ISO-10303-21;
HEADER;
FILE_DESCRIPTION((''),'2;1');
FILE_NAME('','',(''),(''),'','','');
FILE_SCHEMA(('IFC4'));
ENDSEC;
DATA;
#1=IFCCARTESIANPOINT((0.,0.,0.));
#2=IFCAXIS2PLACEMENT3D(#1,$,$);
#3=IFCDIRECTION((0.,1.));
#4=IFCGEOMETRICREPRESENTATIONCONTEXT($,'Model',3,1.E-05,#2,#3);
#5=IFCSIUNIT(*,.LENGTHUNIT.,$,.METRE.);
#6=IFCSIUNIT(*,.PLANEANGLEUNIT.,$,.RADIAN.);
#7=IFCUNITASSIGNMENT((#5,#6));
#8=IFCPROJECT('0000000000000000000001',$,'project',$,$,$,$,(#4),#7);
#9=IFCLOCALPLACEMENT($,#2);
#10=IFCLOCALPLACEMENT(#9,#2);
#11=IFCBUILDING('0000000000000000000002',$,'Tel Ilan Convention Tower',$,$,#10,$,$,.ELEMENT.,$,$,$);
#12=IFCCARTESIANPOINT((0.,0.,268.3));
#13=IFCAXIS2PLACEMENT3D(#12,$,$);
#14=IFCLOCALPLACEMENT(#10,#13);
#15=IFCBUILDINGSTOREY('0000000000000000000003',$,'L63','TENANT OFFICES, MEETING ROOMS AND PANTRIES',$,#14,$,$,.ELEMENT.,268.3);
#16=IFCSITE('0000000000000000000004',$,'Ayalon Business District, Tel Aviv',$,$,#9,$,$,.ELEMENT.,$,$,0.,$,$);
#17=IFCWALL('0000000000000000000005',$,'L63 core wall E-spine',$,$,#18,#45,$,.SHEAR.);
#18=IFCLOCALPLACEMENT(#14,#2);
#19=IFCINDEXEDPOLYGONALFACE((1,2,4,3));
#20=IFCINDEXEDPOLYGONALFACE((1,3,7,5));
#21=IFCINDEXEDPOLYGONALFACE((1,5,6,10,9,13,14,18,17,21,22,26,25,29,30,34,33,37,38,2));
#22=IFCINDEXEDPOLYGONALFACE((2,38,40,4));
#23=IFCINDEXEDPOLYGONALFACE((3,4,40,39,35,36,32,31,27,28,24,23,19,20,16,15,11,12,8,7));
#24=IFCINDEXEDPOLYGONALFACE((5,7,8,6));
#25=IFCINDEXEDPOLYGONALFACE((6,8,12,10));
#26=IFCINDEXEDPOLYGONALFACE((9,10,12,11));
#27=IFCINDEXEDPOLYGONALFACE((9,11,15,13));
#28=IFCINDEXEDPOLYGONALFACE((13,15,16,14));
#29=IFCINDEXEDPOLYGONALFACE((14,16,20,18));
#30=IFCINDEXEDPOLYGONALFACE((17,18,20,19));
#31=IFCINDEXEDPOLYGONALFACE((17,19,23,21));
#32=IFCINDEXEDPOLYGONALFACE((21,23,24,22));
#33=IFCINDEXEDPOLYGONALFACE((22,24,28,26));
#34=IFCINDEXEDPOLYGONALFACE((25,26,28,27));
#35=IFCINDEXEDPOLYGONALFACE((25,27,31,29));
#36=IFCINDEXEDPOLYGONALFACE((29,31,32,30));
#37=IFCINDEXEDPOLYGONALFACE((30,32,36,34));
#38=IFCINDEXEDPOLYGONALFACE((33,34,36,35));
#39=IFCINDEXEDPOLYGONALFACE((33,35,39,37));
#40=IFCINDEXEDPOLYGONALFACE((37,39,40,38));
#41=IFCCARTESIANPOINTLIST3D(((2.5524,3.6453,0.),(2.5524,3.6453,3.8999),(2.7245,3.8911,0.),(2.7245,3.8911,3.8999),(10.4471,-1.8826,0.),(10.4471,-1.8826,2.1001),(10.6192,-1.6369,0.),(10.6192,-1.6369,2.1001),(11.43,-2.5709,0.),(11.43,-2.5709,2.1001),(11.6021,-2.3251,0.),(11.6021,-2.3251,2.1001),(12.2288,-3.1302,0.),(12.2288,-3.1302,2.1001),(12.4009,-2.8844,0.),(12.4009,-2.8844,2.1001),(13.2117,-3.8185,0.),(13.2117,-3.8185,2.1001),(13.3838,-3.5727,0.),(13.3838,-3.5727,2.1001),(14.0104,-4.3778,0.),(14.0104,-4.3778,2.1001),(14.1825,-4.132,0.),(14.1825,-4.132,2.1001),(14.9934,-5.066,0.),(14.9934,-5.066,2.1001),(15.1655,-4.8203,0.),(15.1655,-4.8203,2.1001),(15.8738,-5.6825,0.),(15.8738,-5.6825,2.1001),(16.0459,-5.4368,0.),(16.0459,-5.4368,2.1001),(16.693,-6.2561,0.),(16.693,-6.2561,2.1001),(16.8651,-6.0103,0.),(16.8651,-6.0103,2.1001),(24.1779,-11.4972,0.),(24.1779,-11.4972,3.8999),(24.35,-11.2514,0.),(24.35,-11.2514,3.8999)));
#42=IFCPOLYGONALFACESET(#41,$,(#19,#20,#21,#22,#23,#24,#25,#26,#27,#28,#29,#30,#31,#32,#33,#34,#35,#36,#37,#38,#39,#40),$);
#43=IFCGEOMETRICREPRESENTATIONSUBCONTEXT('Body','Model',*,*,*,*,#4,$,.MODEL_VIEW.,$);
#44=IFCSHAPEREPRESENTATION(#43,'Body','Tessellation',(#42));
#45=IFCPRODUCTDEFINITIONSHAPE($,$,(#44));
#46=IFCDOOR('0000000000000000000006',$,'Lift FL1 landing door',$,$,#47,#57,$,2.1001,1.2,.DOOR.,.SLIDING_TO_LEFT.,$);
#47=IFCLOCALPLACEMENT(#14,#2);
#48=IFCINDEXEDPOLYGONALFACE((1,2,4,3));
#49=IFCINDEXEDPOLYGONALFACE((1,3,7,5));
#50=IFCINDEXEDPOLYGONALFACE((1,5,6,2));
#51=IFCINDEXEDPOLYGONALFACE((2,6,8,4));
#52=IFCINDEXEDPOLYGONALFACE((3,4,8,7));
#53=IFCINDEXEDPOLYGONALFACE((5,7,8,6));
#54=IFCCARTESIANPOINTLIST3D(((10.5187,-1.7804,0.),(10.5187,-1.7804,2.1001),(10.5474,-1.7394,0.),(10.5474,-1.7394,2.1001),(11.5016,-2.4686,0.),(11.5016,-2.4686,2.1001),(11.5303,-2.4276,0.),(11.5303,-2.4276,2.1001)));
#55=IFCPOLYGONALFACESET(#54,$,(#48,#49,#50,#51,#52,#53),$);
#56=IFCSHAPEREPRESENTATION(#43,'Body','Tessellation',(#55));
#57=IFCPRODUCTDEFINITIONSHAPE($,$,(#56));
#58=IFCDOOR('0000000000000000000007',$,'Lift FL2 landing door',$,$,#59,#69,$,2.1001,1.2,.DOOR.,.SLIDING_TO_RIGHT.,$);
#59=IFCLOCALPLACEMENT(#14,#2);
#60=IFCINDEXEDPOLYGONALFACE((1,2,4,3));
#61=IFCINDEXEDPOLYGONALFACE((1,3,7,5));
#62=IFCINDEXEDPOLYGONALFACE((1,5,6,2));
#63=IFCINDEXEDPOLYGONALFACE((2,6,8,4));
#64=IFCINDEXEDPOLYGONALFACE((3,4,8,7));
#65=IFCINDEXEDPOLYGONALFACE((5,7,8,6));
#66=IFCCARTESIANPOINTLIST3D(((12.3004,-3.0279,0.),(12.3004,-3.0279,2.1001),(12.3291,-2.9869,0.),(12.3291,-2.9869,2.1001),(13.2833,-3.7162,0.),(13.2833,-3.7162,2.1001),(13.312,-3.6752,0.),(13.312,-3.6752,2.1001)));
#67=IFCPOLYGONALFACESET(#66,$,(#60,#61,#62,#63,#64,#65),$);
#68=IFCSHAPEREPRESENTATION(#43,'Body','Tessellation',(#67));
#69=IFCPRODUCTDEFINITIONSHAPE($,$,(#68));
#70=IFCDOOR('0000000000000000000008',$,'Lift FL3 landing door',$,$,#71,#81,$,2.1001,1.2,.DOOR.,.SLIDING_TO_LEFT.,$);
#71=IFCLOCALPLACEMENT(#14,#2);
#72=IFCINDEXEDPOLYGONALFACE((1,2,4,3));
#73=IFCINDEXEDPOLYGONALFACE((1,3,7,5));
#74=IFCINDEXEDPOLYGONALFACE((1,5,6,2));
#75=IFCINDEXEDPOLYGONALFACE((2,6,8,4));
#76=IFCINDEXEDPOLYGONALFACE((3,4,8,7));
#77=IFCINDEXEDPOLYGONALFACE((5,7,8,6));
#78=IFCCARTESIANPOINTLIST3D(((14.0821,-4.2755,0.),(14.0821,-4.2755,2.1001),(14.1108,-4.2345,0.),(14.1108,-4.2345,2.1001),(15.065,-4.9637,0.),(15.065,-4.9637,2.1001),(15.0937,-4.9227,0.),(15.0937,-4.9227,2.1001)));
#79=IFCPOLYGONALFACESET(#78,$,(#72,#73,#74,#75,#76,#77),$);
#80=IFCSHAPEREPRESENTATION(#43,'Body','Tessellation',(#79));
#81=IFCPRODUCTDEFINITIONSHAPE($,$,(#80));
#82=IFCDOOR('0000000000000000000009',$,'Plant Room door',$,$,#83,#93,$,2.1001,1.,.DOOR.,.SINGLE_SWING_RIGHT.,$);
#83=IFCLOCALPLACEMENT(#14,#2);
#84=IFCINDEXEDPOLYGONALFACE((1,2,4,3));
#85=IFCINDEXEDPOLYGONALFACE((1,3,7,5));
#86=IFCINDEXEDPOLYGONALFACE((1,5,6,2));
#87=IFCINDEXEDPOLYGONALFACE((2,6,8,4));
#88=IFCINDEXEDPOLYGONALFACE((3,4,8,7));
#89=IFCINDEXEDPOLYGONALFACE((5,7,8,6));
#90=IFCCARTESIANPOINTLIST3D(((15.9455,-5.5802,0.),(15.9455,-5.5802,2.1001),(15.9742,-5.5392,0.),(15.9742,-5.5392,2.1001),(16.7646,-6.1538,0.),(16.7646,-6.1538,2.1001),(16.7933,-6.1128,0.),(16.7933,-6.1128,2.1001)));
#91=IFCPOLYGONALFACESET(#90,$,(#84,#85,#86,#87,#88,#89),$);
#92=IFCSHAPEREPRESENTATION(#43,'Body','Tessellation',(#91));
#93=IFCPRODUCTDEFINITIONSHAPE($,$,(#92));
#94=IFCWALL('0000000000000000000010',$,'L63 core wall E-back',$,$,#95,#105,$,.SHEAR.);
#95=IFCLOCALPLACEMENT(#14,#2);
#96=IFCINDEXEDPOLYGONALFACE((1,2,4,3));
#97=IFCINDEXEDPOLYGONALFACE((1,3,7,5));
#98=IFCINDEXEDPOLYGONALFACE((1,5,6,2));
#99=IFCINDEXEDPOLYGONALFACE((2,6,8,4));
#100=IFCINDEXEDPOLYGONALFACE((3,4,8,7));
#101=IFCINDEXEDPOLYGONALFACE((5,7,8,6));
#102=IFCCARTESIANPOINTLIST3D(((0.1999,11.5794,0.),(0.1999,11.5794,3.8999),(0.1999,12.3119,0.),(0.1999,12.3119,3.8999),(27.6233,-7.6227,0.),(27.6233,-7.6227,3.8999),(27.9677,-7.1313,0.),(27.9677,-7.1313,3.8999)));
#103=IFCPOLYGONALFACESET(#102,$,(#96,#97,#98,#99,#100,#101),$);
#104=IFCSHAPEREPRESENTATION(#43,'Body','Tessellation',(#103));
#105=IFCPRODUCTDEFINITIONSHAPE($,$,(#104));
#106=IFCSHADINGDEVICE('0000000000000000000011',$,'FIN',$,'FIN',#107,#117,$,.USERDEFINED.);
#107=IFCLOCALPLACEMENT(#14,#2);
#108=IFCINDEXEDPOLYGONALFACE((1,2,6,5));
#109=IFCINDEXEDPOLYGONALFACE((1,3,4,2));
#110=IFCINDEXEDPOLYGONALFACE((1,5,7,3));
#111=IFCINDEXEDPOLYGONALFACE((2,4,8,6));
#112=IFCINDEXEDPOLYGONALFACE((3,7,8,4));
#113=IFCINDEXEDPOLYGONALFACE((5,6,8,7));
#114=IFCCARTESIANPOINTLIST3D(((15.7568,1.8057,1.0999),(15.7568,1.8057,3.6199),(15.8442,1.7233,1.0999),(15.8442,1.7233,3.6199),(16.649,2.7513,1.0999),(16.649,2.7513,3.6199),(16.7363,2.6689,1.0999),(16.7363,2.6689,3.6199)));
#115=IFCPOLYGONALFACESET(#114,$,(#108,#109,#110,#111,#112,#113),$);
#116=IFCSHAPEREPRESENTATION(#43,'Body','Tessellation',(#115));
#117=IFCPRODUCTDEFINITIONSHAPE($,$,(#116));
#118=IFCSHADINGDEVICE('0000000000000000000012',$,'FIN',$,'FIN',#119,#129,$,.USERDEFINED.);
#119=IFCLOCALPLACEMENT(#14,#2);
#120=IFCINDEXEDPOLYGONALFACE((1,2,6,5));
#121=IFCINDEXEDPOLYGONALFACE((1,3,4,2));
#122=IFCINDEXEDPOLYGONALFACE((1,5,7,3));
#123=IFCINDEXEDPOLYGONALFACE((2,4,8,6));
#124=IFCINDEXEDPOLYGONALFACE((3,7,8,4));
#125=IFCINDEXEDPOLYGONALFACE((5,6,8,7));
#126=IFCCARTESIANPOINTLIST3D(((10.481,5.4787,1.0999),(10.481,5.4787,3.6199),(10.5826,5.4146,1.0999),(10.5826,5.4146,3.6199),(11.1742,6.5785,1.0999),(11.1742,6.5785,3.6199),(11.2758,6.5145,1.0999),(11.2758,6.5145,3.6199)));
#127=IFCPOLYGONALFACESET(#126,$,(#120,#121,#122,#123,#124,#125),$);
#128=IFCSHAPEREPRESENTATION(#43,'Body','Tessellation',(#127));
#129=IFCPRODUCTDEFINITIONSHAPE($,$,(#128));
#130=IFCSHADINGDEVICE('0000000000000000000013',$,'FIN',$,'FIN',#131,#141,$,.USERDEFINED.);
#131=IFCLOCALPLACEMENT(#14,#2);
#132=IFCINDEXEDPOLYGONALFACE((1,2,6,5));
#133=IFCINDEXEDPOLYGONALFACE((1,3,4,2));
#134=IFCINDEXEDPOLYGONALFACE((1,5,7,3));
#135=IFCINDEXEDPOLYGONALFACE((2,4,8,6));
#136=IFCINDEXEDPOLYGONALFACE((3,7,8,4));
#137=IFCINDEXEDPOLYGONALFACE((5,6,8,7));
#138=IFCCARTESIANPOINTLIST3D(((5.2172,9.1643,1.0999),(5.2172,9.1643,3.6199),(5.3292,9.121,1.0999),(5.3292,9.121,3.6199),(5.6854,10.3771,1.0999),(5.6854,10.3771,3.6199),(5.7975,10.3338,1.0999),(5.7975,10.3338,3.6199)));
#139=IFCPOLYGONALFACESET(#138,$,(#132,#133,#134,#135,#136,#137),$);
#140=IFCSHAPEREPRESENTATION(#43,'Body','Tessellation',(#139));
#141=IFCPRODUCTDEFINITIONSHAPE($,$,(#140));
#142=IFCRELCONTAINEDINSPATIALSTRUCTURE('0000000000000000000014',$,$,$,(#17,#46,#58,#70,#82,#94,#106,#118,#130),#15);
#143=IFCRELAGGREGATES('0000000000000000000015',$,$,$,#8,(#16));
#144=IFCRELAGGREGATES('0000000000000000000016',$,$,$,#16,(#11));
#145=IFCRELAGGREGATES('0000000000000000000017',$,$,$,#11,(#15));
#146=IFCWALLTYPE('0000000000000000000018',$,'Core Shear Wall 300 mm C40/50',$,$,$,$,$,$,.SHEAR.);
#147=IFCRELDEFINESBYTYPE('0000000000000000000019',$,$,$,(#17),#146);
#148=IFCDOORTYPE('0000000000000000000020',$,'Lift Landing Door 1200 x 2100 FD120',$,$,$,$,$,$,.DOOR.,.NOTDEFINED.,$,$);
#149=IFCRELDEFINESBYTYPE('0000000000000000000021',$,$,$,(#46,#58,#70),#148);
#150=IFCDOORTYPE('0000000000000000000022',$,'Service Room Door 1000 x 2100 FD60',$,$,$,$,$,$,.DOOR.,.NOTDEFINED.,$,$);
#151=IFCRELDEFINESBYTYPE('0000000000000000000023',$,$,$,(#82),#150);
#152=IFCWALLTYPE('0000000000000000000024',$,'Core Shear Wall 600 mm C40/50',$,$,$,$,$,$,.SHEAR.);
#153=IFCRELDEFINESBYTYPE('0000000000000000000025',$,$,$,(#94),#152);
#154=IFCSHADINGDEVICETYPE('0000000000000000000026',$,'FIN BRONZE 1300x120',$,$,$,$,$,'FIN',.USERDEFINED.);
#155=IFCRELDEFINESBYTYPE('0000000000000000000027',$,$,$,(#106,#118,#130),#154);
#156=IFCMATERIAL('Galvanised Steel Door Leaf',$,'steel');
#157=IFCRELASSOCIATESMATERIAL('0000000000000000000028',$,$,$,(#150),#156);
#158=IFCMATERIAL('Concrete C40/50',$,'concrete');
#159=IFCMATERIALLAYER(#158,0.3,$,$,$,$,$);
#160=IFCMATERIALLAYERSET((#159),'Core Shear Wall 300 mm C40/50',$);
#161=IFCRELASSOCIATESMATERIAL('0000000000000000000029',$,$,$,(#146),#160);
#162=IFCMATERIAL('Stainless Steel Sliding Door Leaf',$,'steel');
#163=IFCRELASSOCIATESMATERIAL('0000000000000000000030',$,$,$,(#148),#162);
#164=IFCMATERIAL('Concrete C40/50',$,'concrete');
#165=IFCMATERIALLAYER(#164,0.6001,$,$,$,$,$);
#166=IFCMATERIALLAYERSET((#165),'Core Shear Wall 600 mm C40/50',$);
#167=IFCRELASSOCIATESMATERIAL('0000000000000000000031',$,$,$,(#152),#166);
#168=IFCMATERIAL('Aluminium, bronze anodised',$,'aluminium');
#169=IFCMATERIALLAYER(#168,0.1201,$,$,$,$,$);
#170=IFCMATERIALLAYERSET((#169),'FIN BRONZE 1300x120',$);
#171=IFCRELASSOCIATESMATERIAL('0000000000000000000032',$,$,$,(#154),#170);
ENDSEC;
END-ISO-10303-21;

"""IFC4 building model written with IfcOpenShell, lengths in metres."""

from ifc_helpers import new_model, si_unit, direction, frame, frame_2d, origin, origin_2d, place, context, subcontext, project, spatial, polyline, rectangle, outline, extrude, material, layer, layer_set, type_object, element, fill, save


model = new_model("IFC4")

# Units and contexts
model_context = context("Model", 3, precision=1e-05, world=origin(), true_north=direction((0.0, 1.0)))
body_context = subcontext(model_context, "Body", "Model", "MODEL_VIEW")
ifc_project = project(units=[si_unit("LENGTHUNIT", "METRE"), si_unit("PLANEANGLEUNIT", "RADIAN")], contexts=[model_context])

# Site, building, storey
site_placement = place(None, origin())
site = spatial("IfcSite", under=ifc_project, at=site_placement, Name="Ayalon Business District, Tel Aviv", CompositionType="ELEMENT", RefElevation=0.0)
building_placement = place(site_placement, origin())
building = spatial("IfcBuilding", under=site, at=building_placement, Name="Tel Ilan Convention Tower", CompositionType="ELEMENT")
storey_placement = place(building_placement, frame((0.0, 0.0, 268.3)))
storey = spatial("IfcBuildingStorey", under=building, at=storey_placement, Name="L63", Description="TENANT OFFICES, MEETING ROOMS AND PANTRIES", CompositionType="ELEMENT", Elevation=268.3)

# Shared definitions
ifc_material_1 = material(Name="Galvanised Steel Door Leaf", Category="steel")
door_type_1 = type_object("IfcDoorType", Name="Service Room Door 1000 x 2100 FD60", OperationType="NOTDEFINED", PredefinedType="DOOR", material=ifc_material_1)

# Wall, openings, doors
ifc_material_2 = material(Name="Concrete C40/50", Category="concrete")
ifc_layer_1 = layer(ifc_material_2, 0.3)
ifc_layer_set_1 = layer_set([ifc_layer_1], Name="Core Shear Wall 300 mm C40/50")
wall_type_1 = type_object("IfcWallType", Name="Core Shear Wall 300 mm C40/50", PredefinedType="SHEAR", material=ifc_layer_set_1)
wall_1_placement = place(storey_placement, frame((2.6384, 3.7681, 0.0), z_axis=(0.0, 0.0, 1.0), x_axis=(0.819155, -0.573572, 0.0)))
wall_1 = element("IfcWall", 1, at=wall_1_placement, inside=storey, type_object=wall_type_1, Name="L63 core wall E-spine", PredefinedType="SHEAR", context=body_context, shape_type="SweptSolid", body=[
    extrude(outline(polyline([(0.0, 0.1501), (0.0, -0.1499), (26.3999, -0.1501), (26.3999, 0.1499), (0.0, 0.1501)])), origin(), (0.0, 0.0, 1.0), 3.8999),
])
opening_1_placement = place(wall_1_placement, frame((9.6375, 0.0, 0.0)))
opening_1 = element("IfcOpeningElement", 2, at=opening_1_placement, cuts=wall_1, PredefinedType="OPENING", context=body_context, shape_type="SweptSolid", body=[
    extrude(rectangle(XDim=1.2, YDim=2.1001, at=frame_2d((0.6001, 1.05))), frame((0.0, 0.1599, 0.0), z_axis=(0.0, -1.0, 0.0), x_axis=(1.0, 0.0, 0.0)), (0.0, 0.0, 1.0), 0.3201),
])
opening_2_placement = place(wall_1_placement, frame((11.8125, 0.0, 0.0)))
opening_2 = element("IfcOpeningElement", 3, at=opening_2_placement, cuts=wall_1, PredefinedType="OPENING", context=body_context, shape_type="SweptSolid", body=[
    extrude(rectangle(XDim=1.2, YDim=2.1001, at=frame_2d((0.6001, 1.05))), frame((0.0, 0.1599, 0.0), z_axis=(0.0, -1.0, 0.0), x_axis=(1.0, 0.0, 0.0)), (0.0, 0.0, 1.0), 0.3201),
])
opening_3_placement = place(wall_1_placement, frame((13.9875, 0.0, 0.0)))
opening_3 = element("IfcOpeningElement", 4, at=opening_3_placement, cuts=wall_1, PredefinedType="OPENING", context=body_context, shape_type="SweptSolid", body=[
    extrude(rectangle(XDim=1.2, YDim=2.1001, at=frame_2d((0.6001, 1.05))), frame((0.0, 0.1599, 0.0), z_axis=(0.0, -1.0, 0.0), x_axis=(1.0, 0.0, 0.0)), (0.0, 0.0, 1.0), 0.3201),
])
opening_4_placement = place(wall_1_placement, frame((16.2625, 0.0, 0.0)))
opening_4 = element("IfcOpeningElement", 5, at=opening_4_placement, cuts=wall_1, PredefinedType="OPENING", context=body_context, shape_type="SweptSolid", body=[
    extrude(rectangle(XDim=1.0, YDim=2.1001, at=frame_2d((0.5, 1.05))), frame((0.0, 0.1599, 0.0), z_axis=(0.0, -1.0, 0.0), x_axis=(1.0, 0.0, 0.0)), (0.0, 0.0, 1.0), 0.3201),
])
ifc_material_3 = material(Name="Stainless Steel Sliding Door Leaf", Category="steel")
door_type_2 = type_object("IfcDoorType", Name="Lift Landing Door 1200 x 2100 FD120", OperationType="NOTDEFINED", PredefinedType="DOOR", material=ifc_material_3)
door_1_placement = place(opening_1_placement, origin())
door_1 = element("IfcDoor", 6, at=door_1_placement, inside=storey, type_object=door_type_2, Name="Lift FL1 landing door", OperationType="SLIDING_TO_LEFT", OverallHeight=2.1001, OverallWidth=1.2, PredefinedType="DOOR", context=body_context, shape_type="SweptSolid", body=[
    extrude(rectangle(XDim=1.2, YDim=2.1001, at=frame_2d((0.6001, 1.05))), frame((0.0, 0.0249, 0.0), z_axis=(0.0, -1.0, 0.0), x_axis=(1.0, 0.0, 0.0)), (0.0, 0.0, 1.0), 0.05),
])
fill(opening_1, door_1)
door_2_placement = place(opening_2_placement, origin())
door_2 = element("IfcDoor", 7, at=door_2_placement, inside=storey, type_object=door_type_2, Name="Lift FL2 landing door", OperationType="SLIDING_TO_RIGHT", OverallHeight=2.1001, OverallWidth=1.2, PredefinedType="DOOR", context=body_context, shape_type="SweptSolid", body=[
    extrude(rectangle(XDim=1.2, YDim=2.1001, at=frame_2d((0.6001, 1.05))), frame((0.0, 0.0249, 0.0), z_axis=(0.0, -1.0, 0.0), x_axis=(1.0, 0.0, 0.0)), (0.0, 0.0, 1.0), 0.05),
])
fill(opening_2, door_2)
door_3_placement = place(opening_3_placement, origin())
door_3 = element("IfcDoor", 8, at=door_3_placement, inside=storey, type_object=door_type_2, Name="Lift FL3 landing door", OperationType="SLIDING_TO_LEFT", OverallHeight=2.1001, OverallWidth=1.2, PredefinedType="DOOR", context=body_context, shape_type="SweptSolid", body=[
    extrude(rectangle(XDim=1.2, YDim=2.1001, at=frame_2d((0.6001, 1.05))), frame((0.0, 0.0249, 0.0), z_axis=(0.0, -1.0, 0.0), x_axis=(1.0, 0.0, 0.0)), (0.0, 0.0, 1.0), 0.05),
])
fill(opening_3, door_3)
door_4_placement = place(opening_4_placement, origin())
door_4 = element("IfcDoor", 9, at=door_4_placement, inside=storey, type_object=door_type_1, Name="Plant Room door", OperationType="SINGLE_SWING_RIGHT", OverallHeight=2.1001, OverallWidth=1.0, PredefinedType="DOOR", context=body_context, shape_type="SweptSolid", body=[
    extrude(rectangle(XDim=1.0, YDim=2.1001, at=frame_2d((0.5, 1.05))), frame((0.0, 0.0249, 0.0), z_axis=(0.0, -1.0, 0.0), x_axis=(1.0, 0.0, 0.0)), (0.0, 0.0, 1.0), 0.05),
])
fill(opening_4, door_4)

# Wall
ifc_material_4 = material(Name="Concrete C40/50", Category="concrete")
ifc_layer_2 = layer(ifc_material_4, 0.6001)
ifc_layer_set_2 = layer_set([ifc_layer_2], Name="Core Shear Wall 600 mm C40/50")
wall_type_2 = type_object("IfcWallType", Name="Core Shear Wall 600 mm C40/50", PredefinedType="SHEAR", material=ifc_layer_set_2)
wall_2_placement = place(storey_placement, frame((0.0278, 12.0662, 0.0), z_axis=(0.0, 0.0, 1.0), x_axis=(0.819151, -0.573577, 0.0)))
element("IfcWall", 10, at=wall_2_placement, inside=storey, type_object=wall_type_2, Name="L63 core wall E-back", PredefinedType="SHEAR", context=body_context, shape_type="SweptSolid", body=[
    extrude(outline(polyline([(33.8982, 0.3), (0.0, 0.3), (0.4202, -0.3), (33.8979, -0.3), (33.8982, 0.3)])), origin(), (0.0, 0.0, 1.0), 3.8999),
])

# Shading devices
ifc_material_5 = material(Name="Aluminium, bronze anodised", Category="aluminium")
ifc_layer_3 = layer(ifc_material_5, 0.1201)
ifc_layer_set_3 = layer_set([ifc_layer_3], Name="FIN BRONZE 1300x120")
shading_device_type = type_object("IfcShadingDeviceType", Name="FIN BRONZE 1300x120", ElementType="FIN", PredefinedType="USERDEFINED", material=ifc_layer_set_3)
for number, where, z_axis, x_axis, name in (
    (11, (16.2466, 2.2373, 1.0999), (0.0, 0.0, 1.0), (0.686242, 0.727374, 0.0), "FIN"),
    (12, (10.8784, 5.9966, 1.0999), (0.0, 0.0, 1.0), (0.533204, 0.845986, 0.0), "FIN"),
    (13, (5.5073, 9.749, 1.0999), (0.0, 0.0, 1.0), (0.360178, 0.932884, 0.0), "FIN"),
):
    element("IfcShadingDevice", number, at=place(storey_placement, frame(where, z_axis=z_axis, x_axis=x_axis)), inside=storey, type_object=shading_device_type, Name=name, ObjectType="FIN", PredefinedType="USERDEFINED", context=body_context, shape_type="SweptSolid", body=[
        extrude(rectangle(XDim=1.3, YDim=0.1201, at=origin_2d()), origin(), (0.0, 0.0, 1.0), 2.52),
    ])

save(model, "model.ifc")
